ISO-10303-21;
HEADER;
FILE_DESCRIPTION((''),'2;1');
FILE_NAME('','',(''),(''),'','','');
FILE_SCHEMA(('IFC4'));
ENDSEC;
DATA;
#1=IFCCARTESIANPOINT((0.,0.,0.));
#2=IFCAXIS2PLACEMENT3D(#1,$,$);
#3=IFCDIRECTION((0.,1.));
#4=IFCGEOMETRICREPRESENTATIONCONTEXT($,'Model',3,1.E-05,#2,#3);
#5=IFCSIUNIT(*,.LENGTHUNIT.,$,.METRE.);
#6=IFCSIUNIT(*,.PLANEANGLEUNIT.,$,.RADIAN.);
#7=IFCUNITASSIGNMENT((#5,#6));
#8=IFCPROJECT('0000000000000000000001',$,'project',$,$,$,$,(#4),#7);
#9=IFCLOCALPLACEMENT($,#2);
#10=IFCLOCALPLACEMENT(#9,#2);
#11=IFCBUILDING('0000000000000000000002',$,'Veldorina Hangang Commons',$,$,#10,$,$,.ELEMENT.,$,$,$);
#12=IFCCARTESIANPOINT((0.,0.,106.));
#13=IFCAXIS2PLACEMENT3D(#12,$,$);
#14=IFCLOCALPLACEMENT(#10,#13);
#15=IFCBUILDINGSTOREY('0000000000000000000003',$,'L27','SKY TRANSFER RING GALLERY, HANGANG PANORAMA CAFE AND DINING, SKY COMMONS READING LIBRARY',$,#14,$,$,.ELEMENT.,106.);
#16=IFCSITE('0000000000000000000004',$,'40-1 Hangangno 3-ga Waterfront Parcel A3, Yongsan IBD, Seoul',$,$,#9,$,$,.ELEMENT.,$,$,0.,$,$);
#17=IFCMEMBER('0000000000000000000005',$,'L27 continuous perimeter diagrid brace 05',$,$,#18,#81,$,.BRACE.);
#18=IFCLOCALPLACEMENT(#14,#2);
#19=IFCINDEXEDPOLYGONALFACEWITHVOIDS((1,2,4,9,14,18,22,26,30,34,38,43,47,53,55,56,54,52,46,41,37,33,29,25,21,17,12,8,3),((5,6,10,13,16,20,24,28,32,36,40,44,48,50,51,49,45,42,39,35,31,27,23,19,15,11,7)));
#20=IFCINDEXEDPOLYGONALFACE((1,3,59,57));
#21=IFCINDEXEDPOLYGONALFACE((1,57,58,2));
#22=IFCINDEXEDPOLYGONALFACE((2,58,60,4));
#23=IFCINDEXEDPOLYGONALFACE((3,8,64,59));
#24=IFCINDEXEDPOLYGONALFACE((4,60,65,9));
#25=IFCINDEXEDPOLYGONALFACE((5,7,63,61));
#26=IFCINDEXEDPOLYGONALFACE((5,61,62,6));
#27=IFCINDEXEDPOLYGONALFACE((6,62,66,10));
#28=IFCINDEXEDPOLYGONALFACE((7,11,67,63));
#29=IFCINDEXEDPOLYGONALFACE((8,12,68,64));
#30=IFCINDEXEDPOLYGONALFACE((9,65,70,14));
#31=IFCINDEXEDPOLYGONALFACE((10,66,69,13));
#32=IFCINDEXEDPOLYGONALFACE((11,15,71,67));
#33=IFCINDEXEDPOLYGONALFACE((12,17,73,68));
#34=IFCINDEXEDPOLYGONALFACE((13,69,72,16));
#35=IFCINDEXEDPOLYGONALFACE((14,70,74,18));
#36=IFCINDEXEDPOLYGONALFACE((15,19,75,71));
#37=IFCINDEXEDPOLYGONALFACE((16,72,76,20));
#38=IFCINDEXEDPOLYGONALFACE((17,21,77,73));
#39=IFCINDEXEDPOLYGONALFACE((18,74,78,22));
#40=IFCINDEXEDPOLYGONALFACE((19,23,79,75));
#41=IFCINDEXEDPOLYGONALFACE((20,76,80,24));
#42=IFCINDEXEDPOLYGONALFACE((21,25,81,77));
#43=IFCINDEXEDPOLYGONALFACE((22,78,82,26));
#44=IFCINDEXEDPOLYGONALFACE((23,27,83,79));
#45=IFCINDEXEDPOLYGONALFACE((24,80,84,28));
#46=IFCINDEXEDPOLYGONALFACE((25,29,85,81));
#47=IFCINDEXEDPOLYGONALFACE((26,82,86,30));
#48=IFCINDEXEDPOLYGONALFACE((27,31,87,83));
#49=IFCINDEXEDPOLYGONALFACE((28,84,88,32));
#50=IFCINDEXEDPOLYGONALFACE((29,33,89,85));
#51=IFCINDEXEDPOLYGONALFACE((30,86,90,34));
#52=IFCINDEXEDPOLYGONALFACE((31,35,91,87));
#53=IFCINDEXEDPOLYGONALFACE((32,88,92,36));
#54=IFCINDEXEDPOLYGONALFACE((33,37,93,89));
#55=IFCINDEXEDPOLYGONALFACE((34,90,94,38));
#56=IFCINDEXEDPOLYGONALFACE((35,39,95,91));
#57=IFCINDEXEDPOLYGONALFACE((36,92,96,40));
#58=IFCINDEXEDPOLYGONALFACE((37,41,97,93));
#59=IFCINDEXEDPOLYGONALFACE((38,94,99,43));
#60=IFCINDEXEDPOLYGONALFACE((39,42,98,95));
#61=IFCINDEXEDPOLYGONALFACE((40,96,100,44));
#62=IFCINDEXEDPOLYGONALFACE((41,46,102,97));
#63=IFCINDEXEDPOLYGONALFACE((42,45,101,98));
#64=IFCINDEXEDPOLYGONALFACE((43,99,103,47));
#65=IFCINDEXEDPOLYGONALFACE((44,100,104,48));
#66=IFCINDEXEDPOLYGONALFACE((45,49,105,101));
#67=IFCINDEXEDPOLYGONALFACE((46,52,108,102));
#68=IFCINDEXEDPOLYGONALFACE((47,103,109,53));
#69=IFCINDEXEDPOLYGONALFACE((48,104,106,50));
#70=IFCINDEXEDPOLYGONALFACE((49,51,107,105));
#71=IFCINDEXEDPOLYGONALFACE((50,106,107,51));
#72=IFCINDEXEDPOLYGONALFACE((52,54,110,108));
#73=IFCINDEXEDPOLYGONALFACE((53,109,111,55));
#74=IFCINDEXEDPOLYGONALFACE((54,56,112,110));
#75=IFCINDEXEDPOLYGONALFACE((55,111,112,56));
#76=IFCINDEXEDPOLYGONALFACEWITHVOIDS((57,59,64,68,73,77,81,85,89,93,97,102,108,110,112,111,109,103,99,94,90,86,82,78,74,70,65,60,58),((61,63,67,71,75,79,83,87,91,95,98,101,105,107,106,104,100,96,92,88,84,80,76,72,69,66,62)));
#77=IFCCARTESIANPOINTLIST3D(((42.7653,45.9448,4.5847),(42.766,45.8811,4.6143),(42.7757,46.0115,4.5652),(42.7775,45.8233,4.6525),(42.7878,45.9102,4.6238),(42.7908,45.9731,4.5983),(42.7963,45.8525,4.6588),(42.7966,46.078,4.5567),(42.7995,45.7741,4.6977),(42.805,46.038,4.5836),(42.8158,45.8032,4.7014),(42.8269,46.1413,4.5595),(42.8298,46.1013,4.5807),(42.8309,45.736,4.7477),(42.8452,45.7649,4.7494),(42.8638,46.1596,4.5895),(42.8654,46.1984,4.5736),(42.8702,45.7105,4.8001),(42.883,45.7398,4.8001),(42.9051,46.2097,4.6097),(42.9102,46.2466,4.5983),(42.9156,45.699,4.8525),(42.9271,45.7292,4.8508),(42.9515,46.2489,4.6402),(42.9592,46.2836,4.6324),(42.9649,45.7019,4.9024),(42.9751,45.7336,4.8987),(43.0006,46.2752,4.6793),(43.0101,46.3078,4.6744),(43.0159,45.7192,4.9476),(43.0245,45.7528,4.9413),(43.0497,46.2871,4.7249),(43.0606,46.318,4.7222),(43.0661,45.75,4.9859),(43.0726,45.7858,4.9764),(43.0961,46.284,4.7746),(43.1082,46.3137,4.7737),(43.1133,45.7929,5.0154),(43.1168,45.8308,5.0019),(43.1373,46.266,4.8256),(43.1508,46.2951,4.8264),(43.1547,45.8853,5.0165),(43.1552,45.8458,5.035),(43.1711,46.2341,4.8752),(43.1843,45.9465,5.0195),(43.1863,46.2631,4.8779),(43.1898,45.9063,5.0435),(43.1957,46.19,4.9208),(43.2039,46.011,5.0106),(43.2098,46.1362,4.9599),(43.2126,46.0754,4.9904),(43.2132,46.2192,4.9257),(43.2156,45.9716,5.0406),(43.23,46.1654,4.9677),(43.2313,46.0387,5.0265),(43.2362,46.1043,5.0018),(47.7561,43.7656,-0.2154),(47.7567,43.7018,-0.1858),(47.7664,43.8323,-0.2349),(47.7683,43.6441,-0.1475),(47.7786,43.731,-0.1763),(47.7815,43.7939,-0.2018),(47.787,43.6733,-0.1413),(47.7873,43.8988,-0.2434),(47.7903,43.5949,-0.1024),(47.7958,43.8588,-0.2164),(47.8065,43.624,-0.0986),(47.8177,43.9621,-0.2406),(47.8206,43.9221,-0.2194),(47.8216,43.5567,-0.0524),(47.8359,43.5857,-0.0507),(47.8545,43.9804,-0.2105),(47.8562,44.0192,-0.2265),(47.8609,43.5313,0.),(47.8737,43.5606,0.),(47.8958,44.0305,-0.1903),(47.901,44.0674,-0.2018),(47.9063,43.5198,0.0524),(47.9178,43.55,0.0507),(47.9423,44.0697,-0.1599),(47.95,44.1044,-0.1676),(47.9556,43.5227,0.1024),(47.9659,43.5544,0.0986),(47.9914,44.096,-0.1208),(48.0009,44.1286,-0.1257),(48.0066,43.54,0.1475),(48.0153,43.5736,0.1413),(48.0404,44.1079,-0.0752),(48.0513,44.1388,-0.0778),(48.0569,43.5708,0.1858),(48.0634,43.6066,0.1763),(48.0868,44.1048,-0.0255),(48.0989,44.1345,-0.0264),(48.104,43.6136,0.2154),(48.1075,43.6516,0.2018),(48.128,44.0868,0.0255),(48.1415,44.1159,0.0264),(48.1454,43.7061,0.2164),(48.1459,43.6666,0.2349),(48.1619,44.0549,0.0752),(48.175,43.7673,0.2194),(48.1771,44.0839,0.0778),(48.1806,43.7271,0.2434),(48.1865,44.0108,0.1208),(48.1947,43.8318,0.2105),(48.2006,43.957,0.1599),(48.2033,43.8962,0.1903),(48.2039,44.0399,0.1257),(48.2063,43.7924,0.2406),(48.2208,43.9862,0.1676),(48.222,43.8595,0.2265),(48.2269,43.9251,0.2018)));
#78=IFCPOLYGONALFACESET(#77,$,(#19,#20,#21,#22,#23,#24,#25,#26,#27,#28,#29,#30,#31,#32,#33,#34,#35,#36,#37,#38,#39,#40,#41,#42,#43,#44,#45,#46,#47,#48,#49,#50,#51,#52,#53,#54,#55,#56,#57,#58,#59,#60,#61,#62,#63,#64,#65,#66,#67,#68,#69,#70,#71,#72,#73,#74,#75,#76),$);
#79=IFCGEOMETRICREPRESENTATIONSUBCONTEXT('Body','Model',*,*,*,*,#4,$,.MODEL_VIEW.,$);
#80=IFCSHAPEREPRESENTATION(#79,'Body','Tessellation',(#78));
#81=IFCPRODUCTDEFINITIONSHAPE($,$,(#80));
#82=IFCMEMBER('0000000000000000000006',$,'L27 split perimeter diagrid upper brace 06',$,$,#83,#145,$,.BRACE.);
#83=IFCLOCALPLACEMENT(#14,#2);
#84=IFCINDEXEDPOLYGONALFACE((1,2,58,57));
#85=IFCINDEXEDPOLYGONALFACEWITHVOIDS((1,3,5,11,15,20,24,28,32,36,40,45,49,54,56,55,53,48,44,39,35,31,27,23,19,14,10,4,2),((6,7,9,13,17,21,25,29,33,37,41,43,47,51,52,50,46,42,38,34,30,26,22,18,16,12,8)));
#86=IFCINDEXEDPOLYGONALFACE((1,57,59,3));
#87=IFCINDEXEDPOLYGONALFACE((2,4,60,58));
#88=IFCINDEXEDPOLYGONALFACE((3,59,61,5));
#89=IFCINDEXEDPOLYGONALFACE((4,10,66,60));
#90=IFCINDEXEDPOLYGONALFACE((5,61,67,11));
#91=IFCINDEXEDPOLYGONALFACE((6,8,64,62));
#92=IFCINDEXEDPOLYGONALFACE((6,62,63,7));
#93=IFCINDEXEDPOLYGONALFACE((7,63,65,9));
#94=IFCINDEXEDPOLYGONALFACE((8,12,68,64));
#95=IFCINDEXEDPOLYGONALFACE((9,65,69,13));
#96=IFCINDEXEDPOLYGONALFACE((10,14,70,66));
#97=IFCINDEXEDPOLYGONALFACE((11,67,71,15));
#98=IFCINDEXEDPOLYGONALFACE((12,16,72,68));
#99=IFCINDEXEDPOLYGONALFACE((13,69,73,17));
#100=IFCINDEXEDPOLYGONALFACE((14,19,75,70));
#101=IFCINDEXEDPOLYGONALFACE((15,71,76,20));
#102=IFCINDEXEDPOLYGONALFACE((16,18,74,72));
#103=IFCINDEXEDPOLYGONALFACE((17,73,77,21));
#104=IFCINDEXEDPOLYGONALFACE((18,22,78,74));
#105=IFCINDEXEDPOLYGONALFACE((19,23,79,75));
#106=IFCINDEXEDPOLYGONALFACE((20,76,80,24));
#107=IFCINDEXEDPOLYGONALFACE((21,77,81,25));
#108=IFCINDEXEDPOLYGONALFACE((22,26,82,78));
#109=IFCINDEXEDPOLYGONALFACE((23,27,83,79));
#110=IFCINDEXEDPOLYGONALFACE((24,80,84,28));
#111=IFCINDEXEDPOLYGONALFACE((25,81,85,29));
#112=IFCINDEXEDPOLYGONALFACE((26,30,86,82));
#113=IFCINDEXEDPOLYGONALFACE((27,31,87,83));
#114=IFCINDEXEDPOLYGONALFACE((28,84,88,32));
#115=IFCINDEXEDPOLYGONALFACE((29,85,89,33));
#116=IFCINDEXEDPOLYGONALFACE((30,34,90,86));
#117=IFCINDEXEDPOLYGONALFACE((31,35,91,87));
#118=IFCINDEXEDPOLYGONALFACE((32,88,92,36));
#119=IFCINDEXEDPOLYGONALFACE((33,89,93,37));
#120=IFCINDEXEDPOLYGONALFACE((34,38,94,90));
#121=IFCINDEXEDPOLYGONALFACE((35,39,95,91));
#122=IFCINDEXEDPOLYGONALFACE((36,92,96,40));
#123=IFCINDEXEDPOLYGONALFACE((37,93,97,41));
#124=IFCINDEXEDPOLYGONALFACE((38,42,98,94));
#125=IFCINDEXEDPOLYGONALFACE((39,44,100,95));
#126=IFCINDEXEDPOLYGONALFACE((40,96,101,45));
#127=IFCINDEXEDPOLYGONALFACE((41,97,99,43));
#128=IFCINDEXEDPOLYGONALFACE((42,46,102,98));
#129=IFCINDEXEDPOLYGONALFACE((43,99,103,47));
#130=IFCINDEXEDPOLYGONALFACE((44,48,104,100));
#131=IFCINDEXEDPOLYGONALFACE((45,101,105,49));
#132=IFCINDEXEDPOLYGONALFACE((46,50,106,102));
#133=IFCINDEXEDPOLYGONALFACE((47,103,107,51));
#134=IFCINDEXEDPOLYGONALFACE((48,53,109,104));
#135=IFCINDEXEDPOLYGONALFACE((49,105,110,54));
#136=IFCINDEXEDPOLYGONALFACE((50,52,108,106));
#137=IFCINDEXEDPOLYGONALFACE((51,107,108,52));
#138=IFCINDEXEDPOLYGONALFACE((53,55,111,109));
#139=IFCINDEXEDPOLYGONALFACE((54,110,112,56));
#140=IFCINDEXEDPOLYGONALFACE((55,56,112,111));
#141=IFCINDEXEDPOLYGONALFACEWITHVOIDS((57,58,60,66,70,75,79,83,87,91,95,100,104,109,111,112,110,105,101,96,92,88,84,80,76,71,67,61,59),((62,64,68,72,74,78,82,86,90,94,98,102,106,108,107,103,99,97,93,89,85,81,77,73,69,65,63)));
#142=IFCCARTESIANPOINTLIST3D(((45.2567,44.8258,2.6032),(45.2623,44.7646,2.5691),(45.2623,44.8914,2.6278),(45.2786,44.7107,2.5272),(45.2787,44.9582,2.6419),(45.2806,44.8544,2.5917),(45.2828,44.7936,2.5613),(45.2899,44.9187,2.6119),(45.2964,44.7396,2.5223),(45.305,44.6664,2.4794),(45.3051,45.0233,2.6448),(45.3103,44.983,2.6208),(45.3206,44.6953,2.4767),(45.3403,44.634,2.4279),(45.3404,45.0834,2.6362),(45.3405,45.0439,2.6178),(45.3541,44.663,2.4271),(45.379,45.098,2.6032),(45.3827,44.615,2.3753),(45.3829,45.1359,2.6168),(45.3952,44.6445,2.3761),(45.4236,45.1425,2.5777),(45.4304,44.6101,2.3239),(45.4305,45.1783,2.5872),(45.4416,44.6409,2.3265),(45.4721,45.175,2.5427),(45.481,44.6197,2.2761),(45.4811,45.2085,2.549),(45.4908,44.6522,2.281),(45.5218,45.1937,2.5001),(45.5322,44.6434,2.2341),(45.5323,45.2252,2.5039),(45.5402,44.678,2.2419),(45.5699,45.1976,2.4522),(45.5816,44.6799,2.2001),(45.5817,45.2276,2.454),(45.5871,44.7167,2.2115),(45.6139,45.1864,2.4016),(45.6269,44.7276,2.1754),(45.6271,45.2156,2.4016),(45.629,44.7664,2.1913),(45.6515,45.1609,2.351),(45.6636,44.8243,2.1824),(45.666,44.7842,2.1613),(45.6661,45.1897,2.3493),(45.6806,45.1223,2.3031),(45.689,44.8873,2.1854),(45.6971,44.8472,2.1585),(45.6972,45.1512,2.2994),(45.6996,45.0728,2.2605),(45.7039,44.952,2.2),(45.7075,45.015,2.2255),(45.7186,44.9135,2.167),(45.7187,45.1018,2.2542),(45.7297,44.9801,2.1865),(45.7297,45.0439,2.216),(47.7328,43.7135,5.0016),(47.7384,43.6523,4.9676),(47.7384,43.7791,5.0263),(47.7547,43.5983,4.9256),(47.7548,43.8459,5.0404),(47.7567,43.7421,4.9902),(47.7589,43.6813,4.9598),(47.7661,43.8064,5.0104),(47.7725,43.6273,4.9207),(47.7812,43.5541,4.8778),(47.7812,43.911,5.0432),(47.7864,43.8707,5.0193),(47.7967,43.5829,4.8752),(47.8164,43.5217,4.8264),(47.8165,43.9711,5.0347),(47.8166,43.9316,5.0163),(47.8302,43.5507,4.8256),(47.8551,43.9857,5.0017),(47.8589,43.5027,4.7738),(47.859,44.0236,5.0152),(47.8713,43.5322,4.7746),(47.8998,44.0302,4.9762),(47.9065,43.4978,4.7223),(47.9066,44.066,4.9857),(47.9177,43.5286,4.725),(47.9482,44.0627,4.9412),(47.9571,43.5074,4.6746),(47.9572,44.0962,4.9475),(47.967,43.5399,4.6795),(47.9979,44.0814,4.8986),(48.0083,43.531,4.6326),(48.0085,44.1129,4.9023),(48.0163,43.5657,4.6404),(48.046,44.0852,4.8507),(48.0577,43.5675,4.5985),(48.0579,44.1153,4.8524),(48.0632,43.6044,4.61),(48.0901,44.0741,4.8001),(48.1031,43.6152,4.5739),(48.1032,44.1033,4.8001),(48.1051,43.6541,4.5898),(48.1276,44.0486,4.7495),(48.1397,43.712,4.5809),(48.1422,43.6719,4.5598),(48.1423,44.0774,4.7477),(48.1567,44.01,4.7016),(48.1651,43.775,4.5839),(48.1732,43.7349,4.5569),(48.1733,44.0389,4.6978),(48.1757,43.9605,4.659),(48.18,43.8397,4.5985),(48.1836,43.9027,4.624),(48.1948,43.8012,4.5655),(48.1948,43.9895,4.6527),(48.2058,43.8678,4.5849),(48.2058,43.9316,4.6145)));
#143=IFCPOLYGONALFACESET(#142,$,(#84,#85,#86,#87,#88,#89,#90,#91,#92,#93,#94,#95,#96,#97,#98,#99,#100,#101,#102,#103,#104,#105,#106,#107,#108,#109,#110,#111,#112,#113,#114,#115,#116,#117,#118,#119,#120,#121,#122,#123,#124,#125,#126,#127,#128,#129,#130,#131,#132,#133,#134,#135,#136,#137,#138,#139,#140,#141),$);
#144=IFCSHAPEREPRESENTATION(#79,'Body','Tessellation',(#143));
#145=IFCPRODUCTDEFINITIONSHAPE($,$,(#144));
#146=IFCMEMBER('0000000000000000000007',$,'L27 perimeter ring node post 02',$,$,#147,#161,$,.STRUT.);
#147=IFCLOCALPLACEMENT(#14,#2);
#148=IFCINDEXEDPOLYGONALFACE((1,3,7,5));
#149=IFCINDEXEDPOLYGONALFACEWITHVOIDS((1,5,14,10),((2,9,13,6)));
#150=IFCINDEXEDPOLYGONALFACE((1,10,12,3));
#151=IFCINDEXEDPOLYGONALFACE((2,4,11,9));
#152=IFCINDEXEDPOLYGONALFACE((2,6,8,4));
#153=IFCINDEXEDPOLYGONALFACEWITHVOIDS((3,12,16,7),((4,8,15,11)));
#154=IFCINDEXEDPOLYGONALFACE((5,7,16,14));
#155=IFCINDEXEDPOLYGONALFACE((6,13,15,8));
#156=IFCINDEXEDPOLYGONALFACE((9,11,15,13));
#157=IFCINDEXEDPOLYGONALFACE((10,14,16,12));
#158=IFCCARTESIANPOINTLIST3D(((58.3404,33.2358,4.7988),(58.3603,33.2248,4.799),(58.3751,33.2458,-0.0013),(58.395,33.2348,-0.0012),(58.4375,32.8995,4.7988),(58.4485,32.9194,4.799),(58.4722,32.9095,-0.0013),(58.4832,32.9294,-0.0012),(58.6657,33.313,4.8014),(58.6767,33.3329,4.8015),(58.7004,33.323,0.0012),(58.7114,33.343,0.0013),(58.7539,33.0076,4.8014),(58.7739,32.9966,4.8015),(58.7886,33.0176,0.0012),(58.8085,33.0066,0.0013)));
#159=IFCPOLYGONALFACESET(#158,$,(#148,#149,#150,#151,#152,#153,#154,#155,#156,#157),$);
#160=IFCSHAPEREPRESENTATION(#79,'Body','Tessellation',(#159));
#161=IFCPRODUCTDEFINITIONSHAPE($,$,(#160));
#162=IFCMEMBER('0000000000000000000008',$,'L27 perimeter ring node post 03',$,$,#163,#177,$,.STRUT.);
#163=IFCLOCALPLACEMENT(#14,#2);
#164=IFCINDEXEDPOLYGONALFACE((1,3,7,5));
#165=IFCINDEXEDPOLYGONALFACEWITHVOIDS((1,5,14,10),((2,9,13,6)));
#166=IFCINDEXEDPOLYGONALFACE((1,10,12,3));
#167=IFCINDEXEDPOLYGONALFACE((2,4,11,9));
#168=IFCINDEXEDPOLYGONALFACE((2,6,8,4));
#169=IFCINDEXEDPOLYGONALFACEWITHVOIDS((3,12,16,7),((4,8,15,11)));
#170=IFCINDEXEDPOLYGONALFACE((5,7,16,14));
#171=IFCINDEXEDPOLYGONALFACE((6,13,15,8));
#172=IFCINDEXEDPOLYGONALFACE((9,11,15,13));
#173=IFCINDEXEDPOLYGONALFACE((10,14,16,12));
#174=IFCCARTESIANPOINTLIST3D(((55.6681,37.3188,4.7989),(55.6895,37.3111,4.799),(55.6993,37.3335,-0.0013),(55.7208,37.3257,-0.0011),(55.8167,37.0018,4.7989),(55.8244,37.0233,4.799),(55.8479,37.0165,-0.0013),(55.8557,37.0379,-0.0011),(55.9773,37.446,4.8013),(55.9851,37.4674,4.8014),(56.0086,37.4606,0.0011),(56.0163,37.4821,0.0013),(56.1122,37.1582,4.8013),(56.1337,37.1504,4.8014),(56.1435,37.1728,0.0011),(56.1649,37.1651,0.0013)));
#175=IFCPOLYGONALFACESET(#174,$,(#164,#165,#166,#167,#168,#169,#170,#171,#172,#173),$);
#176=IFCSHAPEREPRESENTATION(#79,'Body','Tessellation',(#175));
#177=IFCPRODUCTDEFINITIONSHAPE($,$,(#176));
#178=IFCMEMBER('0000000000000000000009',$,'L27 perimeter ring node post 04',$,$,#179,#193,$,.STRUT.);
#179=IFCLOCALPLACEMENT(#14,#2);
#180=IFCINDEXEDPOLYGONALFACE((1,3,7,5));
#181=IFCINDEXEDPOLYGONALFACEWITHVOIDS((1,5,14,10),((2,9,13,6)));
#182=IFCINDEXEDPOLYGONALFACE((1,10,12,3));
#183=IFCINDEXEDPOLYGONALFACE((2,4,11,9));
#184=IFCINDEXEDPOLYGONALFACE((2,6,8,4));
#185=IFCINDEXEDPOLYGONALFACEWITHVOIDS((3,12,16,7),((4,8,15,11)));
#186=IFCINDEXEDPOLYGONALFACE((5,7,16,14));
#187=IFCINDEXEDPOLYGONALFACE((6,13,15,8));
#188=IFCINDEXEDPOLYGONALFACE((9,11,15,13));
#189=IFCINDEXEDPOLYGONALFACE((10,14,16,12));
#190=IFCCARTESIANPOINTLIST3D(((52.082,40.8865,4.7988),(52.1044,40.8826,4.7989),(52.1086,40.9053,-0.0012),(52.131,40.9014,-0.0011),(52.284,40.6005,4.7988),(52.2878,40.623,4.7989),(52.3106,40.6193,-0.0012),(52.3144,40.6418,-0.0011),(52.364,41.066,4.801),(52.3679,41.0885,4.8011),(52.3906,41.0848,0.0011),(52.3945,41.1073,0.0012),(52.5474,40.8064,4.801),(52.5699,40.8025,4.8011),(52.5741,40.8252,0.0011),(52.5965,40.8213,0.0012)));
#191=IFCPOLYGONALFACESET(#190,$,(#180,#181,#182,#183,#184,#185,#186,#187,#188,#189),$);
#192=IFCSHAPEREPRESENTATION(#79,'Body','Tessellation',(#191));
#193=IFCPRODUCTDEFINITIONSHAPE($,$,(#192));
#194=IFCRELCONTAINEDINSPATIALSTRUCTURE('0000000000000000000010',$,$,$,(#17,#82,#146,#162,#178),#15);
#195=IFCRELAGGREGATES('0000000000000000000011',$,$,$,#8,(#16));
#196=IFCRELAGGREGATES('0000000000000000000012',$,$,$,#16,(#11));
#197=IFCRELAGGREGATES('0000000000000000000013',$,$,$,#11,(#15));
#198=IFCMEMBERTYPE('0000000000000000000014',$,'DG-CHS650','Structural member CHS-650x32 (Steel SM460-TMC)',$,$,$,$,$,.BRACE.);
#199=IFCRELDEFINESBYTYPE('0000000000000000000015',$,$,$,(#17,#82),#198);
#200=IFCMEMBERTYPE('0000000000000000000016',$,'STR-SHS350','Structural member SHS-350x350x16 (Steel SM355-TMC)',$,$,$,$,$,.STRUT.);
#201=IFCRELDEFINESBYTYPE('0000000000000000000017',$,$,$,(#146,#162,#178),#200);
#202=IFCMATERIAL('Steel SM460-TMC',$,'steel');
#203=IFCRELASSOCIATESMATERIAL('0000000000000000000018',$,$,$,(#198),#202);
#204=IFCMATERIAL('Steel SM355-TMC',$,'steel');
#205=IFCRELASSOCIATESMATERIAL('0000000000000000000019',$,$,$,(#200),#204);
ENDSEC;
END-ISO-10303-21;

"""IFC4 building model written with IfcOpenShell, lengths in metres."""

from ifc_helpers import new_model, si_unit, direction, frame, origin, origin_2d, place, context, subcontext, project, spatial, hollow_rectangle, hollow_circle, extrude, material, material_profile, profile_set, type_object, element, save


model = new_model("IFC4")

# Units and contexts
model_context = context("Model", 3, precision=1e-05, world=origin(), true_north=direction((0.0, 1.0)))
body_context = subcontext(model_context, "Body", "Model", "MODEL_VIEW")
ifc_project = project(units=[si_unit("LENGTHUNIT", "METRE"), si_unit("PLANEANGLEUNIT", "RADIAN")], contexts=[model_context])

# Site, building, storey
site_placement = place(None, origin())
site = spatial("IfcSite", under=ifc_project, at=site_placement, Name="40-1 Hangangno 3-ga Waterfront Parcel A3, Yongsan IBD, Seoul", CompositionType="ELEMENT", RefElevation=0.0)
building_placement = place(site_placement, origin())
building = spatial("IfcBuilding", under=site, at=building_placement, Name="Veldorina Hangang Commons", CompositionType="ELEMENT")
storey_placement = place(building_placement, frame((0.0, 0.0, 106.0)))
storey = spatial("IfcBuildingStorey", under=building, at=storey_placement, Name="L27", Description="SKY TRANSFER RING GALLERY, HANGANG PANORAMA CAFE AND DINING, SKY COMMONS READING LIBRARY", CompositionType="ELEMENT", Elevation=106.0)

# Shared definitions
ifc_material_1 = material(Name="Steel SM355-TMC", Category="steel")

# Members
ifc_material_2 = material(Name="Steel SM460-TMC", Category="steel")
ifc_material_profile_1 = material_profile(ifc_material_2, hollow_circle(Radius=0.325, WallThickness=0.032, at=origin_2d()), Name="CHS-650x32")
ifc_profile_set_1 = profile_set([ifc_material_profile_1], Name="Steel SM460-TMC")
member_type_1 = type_object("IfcMemberType", Name="DG-CHS650", Description="Structural member CHS-650x32 (Steel SM460-TMC)", PredefinedType="BRACE", material=ifc_profile_set_1)
member_1_placement = place(storey_placement, frame((47.991, 43.8291, 0.0), z_axis=(-0.687499, 0.300196, 0.661232), x_axis=(-0.400165, -0.916443, 0.0)))
element("IfcMember", 1, at=member_1_placement, inside=storey, type_object=member_type_1, Name="L27 continuous perimeter diagrid brace 05", PredefinedType="BRACE", context=body_context, shape_type="SweptSolid", body=[
    extrude(hollow_circle(Radius=0.325, WallThickness=0.032, at=origin_2d()), origin(), (0.0, 0.0, 1.0), 7.2593),
])
member_2_placement = place(storey_placement, frame((45.4939, 44.9192, 2.4016), z_axis=(0.683574, -0.307076, 0.662141), x_axis=(0.409774, 0.912187, 0.0)))
element("IfcMember", 2, at=member_2_placement, inside=storey, type_object=member_type_1, Name="L27 split perimeter diagrid upper brace 06", PredefinedType="BRACE", context=body_context, shape_type="SweptSolid", body=[
    extrude(hollow_circle(Radius=0.325, WallThickness=0.032, at=origin_2d()), origin(), (0.0, 0.0, 1.0), 3.6223),
])
ifc_material_profile_2 = material_profile(ifc_material_1, hollow_rectangle(XDim=0.3501, YDim=0.3501, WallThickness=0.0161, at=origin_2d()), Name="SHS-350x350x16")
ifc_profile_set_2 = profile_set([ifc_material_profile_2], Name="Steel SM355-TMC")
member_type_2 = type_object("IfcMemberType", Name="STR-SHS350", Description="Structural member SHS-350x350x16 (Steel SM355-TMC)", PredefinedType="STRUT", material=ifc_profile_set_2)
for number, where, z_axis, x_axis, name in (
    (3, (58.5918, 33.1262, 0.0), (-0.007222, -0.002085, 0.999972), (0.277401, -0.960754, 0.0), "L27 perimeter ring node post 02"),
    (4, (55.9321, 37.2493, 0.0), (-0.00651, -0.003052, 0.999974), (0.424434, -0.905459, 0.0), "L27 perimeter ring node post 03"),
):
    element("IfcMember", number, at=place(storey_placement, frame(where, z_axis=z_axis, x_axis=x_axis)), inside=storey, type_object=member_type_2, Name=name, PredefinedType="STRUT", context=body_context, shape_type="SweptSolid", body=[
        extrude(hollow_rectangle(XDim=0.3501, YDim=0.3501, WallThickness=0.0161, at=origin_2d()), origin(), (0.0, 0.0, 1.0), 4.8003),
    ])
for number, where, z_axis, x_axis, name in (
    (5, (52.3525, 40.8633, 0.0), (-0.005544, -0.003916, 0.999977), (0.576977, -0.81676, 0.0), "L27 perimeter ring node post 04"),
):
    element("IfcMember", number, at=place(storey_placement, frame(where, z_axis=z_axis, x_axis=x_axis)), inside=storey, type_object=member_type_2, Name=name, PredefinedType="STRUT", context=body_context, shape_type="SweptSolid", body=[
        extrude(hollow_rectangle(XDim=0.3501, YDim=0.3501, WallThickness=0.0161, at=origin_2d()), origin(), (0.0, 0.0, 1.0), 4.8),
    ])

save(model, "model.ifc")
